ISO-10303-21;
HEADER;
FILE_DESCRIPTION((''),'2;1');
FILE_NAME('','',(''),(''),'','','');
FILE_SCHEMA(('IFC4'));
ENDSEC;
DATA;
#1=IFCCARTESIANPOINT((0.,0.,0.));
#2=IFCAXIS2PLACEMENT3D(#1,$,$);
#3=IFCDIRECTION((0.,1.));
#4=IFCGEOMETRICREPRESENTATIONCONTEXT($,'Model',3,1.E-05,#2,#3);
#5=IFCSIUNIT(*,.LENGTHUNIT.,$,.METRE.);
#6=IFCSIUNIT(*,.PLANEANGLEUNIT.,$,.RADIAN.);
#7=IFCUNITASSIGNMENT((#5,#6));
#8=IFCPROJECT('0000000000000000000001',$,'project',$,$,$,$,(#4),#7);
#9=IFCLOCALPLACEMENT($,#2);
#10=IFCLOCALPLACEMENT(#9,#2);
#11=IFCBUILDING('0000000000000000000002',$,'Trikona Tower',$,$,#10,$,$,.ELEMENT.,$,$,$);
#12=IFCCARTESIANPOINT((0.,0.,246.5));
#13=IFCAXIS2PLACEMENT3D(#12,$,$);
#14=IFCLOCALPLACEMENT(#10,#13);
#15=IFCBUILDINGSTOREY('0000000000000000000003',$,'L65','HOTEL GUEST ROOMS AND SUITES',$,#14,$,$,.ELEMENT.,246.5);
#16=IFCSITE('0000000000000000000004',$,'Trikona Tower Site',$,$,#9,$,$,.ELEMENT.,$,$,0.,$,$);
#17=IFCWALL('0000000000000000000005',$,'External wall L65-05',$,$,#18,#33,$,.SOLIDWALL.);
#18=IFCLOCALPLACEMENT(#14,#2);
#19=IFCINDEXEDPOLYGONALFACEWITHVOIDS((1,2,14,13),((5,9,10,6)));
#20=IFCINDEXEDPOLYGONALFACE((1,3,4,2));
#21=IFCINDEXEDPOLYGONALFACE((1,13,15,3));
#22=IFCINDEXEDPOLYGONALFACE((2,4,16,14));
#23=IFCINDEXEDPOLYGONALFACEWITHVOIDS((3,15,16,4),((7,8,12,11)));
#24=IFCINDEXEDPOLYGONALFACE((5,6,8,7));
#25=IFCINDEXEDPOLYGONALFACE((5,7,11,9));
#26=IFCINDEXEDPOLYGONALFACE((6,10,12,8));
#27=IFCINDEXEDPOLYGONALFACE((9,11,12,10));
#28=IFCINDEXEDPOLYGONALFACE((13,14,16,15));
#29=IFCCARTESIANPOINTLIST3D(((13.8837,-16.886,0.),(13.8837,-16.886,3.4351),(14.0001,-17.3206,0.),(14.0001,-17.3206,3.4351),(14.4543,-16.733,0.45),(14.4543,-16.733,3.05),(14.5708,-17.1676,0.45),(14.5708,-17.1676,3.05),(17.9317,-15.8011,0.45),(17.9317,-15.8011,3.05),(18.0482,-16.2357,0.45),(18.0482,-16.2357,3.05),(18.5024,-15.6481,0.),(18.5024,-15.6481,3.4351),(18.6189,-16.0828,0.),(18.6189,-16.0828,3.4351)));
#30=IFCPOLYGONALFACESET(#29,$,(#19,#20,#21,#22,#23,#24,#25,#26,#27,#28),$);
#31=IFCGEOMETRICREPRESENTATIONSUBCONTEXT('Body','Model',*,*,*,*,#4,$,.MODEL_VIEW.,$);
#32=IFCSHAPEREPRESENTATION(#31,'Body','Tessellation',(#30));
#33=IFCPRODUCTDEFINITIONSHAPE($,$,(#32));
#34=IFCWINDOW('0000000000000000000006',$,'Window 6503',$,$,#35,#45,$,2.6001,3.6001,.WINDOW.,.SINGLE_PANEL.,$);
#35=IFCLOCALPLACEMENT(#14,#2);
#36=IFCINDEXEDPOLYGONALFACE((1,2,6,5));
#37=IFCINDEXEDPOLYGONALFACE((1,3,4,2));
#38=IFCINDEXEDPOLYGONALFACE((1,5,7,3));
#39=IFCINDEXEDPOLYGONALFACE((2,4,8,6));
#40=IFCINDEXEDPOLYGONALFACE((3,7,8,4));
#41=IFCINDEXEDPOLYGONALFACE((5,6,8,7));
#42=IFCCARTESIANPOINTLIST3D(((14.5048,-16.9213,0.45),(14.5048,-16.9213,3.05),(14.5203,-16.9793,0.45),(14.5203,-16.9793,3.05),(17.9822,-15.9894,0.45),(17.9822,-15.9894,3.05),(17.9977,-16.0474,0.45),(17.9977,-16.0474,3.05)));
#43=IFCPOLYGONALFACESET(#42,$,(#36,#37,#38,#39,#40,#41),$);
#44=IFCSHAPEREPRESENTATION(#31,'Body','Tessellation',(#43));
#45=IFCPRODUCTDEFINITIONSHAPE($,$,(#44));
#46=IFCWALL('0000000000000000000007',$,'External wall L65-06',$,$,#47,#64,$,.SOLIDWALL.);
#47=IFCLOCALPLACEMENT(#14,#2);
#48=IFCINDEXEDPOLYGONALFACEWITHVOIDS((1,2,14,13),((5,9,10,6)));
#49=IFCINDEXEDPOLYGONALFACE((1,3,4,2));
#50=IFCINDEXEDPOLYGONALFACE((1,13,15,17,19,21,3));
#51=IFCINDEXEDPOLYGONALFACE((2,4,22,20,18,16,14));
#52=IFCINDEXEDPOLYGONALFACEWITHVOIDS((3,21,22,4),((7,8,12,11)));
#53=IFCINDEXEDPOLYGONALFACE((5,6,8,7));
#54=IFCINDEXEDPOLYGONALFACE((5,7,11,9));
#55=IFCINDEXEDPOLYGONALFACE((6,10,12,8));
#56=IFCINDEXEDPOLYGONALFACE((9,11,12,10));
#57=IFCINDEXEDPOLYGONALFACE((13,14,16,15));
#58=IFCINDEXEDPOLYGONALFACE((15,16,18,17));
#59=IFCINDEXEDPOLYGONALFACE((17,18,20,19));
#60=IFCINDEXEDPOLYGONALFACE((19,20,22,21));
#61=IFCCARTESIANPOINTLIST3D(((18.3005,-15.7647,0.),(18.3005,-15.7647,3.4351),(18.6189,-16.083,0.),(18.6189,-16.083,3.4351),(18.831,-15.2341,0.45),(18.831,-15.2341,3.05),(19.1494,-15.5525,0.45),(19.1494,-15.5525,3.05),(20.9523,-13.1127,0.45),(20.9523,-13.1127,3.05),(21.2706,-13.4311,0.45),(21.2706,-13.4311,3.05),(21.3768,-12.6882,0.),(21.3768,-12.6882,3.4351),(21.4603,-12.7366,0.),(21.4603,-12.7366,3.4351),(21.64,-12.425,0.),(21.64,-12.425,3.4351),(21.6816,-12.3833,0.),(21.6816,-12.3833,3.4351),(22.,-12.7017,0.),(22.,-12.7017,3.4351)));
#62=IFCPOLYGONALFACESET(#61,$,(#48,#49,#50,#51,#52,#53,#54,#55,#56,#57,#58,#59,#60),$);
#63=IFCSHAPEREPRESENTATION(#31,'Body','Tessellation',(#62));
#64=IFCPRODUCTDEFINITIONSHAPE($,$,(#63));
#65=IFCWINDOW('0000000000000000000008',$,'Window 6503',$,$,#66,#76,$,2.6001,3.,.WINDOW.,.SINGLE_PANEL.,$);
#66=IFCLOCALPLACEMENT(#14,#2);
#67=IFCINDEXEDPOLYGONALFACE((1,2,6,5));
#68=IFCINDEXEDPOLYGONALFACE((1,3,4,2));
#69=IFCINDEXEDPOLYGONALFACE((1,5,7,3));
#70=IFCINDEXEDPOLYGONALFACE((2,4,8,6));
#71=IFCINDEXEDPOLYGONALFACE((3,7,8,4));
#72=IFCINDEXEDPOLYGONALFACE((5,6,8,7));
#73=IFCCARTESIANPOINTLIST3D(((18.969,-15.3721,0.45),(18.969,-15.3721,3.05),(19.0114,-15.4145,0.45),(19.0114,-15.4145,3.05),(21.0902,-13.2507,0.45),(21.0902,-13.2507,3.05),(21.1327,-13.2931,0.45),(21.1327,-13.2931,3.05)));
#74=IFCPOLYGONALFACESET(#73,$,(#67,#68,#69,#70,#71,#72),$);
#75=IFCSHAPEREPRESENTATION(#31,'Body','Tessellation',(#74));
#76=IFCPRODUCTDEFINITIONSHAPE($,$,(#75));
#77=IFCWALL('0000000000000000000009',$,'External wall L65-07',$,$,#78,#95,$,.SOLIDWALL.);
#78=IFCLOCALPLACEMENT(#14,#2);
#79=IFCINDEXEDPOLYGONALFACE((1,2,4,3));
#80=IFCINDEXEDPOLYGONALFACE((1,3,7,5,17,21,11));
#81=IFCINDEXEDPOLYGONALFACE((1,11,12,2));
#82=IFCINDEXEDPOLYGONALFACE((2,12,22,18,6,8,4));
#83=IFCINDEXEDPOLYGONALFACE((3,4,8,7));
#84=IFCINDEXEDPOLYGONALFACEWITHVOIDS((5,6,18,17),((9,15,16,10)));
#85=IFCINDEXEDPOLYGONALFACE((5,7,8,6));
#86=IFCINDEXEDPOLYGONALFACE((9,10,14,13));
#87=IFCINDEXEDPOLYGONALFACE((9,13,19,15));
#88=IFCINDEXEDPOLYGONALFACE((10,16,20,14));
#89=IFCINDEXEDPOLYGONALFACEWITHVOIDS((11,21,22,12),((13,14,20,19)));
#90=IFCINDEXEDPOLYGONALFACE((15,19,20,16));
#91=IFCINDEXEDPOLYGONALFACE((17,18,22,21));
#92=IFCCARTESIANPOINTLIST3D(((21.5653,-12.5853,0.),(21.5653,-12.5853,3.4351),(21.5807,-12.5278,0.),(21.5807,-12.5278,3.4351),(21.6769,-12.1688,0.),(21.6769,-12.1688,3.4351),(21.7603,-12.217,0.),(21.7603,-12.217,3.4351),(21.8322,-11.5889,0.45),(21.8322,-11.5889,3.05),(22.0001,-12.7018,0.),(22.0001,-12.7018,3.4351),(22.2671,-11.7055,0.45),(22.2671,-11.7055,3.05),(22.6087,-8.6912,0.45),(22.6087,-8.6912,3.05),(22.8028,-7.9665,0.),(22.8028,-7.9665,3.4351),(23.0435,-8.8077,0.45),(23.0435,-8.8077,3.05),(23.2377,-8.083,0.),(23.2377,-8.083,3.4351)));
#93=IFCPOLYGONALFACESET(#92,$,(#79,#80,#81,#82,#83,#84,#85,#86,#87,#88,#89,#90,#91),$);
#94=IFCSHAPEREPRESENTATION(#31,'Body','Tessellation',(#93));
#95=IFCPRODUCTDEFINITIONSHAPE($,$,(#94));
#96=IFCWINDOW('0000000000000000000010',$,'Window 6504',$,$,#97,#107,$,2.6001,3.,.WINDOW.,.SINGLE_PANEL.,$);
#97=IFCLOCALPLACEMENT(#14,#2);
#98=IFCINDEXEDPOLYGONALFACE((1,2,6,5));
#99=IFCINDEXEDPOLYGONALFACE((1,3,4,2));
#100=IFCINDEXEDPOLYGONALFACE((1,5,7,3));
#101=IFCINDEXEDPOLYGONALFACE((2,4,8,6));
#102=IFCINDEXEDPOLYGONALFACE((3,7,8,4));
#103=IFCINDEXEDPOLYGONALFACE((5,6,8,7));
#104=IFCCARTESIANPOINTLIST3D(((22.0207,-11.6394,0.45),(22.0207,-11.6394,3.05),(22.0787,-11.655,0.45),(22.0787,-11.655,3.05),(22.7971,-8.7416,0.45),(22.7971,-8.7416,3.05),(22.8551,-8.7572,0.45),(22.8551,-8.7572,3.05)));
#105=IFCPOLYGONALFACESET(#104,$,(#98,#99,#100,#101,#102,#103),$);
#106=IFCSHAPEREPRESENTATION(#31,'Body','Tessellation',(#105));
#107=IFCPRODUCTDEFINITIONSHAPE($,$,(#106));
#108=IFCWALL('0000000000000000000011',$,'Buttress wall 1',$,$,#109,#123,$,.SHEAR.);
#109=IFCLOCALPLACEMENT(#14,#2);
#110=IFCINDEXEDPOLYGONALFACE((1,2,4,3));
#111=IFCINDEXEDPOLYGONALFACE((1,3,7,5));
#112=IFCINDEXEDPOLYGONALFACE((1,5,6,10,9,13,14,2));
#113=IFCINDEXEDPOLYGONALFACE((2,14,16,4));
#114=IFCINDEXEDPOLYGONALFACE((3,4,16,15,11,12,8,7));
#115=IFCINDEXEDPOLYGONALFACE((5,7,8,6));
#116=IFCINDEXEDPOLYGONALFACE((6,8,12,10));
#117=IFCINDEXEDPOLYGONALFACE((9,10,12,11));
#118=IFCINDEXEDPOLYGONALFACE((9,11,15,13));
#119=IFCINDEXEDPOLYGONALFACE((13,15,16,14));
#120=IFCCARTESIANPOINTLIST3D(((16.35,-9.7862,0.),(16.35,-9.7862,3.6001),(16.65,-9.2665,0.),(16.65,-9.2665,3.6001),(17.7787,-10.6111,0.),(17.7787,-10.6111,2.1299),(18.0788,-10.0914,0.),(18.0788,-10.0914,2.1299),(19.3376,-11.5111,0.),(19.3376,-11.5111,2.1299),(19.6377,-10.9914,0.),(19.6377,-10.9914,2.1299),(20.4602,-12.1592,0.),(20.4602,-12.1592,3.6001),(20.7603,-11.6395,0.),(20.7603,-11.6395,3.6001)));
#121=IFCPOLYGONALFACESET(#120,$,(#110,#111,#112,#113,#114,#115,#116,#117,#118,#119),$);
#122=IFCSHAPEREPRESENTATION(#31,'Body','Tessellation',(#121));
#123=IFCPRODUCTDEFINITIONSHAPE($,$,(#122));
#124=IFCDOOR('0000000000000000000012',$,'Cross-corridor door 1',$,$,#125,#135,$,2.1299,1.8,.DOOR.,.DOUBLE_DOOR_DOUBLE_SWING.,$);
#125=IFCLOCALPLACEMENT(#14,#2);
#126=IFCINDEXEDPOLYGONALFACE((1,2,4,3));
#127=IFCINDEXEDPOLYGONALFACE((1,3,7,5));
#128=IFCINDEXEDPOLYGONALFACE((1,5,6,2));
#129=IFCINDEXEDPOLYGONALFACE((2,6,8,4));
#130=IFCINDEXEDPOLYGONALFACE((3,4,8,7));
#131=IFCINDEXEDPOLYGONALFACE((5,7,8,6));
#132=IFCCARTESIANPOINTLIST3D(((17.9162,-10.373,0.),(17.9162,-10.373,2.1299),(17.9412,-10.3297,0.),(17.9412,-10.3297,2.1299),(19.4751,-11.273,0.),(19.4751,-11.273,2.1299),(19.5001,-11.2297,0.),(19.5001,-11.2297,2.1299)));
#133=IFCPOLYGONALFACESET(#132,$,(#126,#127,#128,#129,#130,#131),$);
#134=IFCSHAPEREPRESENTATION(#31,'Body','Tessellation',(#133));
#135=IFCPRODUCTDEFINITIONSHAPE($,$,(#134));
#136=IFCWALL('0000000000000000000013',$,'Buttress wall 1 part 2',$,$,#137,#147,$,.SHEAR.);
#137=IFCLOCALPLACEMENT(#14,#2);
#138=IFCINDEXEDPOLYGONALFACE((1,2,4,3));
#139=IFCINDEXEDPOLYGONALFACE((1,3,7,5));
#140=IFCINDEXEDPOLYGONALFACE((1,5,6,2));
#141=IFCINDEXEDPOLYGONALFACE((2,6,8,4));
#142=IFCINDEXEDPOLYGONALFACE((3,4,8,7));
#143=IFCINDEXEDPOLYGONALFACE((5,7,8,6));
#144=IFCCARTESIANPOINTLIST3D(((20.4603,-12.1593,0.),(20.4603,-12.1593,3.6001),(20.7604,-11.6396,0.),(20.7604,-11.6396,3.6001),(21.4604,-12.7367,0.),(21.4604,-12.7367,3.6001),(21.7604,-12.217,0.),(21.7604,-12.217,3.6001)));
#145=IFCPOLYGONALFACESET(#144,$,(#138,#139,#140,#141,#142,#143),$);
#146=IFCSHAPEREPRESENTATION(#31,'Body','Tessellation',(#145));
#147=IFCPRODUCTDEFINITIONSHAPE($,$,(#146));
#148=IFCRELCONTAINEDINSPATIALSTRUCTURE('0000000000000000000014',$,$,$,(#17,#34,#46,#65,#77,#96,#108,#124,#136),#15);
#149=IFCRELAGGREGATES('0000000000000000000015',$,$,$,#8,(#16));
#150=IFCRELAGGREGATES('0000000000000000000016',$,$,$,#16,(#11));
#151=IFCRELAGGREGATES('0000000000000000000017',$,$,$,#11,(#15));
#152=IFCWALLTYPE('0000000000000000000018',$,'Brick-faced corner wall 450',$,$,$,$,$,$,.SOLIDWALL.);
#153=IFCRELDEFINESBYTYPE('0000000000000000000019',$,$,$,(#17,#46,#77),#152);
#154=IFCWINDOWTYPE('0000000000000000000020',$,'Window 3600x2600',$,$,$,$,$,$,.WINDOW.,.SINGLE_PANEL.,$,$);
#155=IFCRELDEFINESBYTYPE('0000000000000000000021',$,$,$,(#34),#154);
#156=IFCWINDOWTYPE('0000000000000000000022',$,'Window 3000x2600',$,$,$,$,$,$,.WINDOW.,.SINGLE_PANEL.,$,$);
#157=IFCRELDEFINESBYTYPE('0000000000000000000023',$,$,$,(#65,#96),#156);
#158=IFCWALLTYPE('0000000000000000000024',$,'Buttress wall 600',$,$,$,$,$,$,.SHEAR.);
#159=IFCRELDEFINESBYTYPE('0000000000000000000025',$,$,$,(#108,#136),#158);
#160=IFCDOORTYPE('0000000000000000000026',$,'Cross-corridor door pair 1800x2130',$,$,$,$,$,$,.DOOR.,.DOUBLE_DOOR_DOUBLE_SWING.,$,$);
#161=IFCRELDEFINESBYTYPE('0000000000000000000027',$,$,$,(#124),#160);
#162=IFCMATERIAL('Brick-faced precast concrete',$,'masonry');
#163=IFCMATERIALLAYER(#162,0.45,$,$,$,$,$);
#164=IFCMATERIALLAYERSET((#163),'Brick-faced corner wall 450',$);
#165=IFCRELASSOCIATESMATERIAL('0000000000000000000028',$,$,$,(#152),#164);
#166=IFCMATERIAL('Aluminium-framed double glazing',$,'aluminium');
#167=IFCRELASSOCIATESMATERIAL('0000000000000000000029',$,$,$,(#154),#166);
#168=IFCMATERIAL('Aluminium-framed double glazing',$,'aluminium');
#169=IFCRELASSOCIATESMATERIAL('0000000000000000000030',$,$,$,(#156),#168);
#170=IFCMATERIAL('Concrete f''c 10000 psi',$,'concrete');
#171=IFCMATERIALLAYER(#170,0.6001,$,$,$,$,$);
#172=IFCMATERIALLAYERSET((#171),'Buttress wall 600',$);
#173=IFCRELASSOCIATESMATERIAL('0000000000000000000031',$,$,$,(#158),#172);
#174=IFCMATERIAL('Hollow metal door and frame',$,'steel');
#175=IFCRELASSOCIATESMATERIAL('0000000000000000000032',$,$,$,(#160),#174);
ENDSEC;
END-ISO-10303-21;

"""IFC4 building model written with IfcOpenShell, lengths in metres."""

from ifc_helpers import new_model, si_unit, direction, frame, frame_2d, origin, place, context, subcontext, project, spatial, polyline, rectangle, outline, extrude, material, layer, layer_set, type_object, element, fill, save


model = new_model("IFC4")

# Units and contexts
model_context = context("Model", 3, precision=1e-05, world=origin(), true_north=direction((0.0, 1.0)))
body_context = subcontext(model_context, "Body", "Model", "MODEL_VIEW")
ifc_project = project(units=[si_unit("LENGTHUNIT", "METRE"), si_unit("PLANEANGLEUNIT", "RADIAN")], contexts=[model_context])

# Site, building, storey
site_placement = place(None, origin())
site = spatial("IfcSite", under=ifc_project, at=site_placement, Name="Trikona Tower Site", CompositionType="ELEMENT", RefElevation=0.0)
building_placement = place(site_placement, origin())
building = spatial("IfcBuilding", under=site, at=building_placement, Name="Trikona Tower", CompositionType="ELEMENT")
storey_placement = place(building_placement, frame((0.0, 0.0, 246.5)))
storey = spatial("IfcBuildingStorey", under=building, at=storey_placement, Name="L65", Description="HOTEL GUEST ROOMS AND SUITES", CompositionType="ELEMENT", Elevation=246.5)

# Walls, openings, windows
ifc_material_1 = material(Name="Brick-faced precast concrete", Category="masonry")
ifc_layer_1 = layer(ifc_material_1, 0.45)
ifc_layer_set_1 = layer_set([ifc_layer_1], Name="Brick-faced corner wall 450")
wall_type_1 = type_object("IfcWallType", Name="Brick-faced corner wall 450", PredefinedType="SOLIDWALL", material=ifc_layer_set_1)
wall_1_placement = place(storey_placement, frame((13.9419, -17.1033, 0.0), z_axis=(0.0, 0.0, 1.0), x_axis=(0.965914, 0.258864, 0.0)))
wall_1 = element("IfcWall", 1, at=wall_1_placement, inside=storey, type_object=wall_type_1, Name="External wall L65-05", PredefinedType="SOLIDWALL", context=body_context, shape_type="SweptSolid", body=[
    extrude(rectangle(XDim=4.7817, YDim=0.45, at=frame_2d((2.3909, 0.0))), origin(), (0.0, 0.0, 1.0), 3.4351),
])
opening_1_placement = place(wall_1_placement, frame((0.5908, 0.0, 0.45)))
opening_1 = element("IfcOpeningElement", 2, at=opening_1_placement, cuts=wall_1, PredefinedType="OPENING", context=body_context, shape_type="SweptSolid", body=[
    extrude(rectangle(XDim=3.6001, YDim=2.6001, at=frame_2d((1.8, 1.3))), frame((0.0, 0.2349, 0.0), z_axis=(0.0, -1.0, 0.0), x_axis=(1.0, 0.0, 0.0)), (0.0, 0.0, 1.0), 0.47),
])
ifc_material_2 = material(Name="Aluminium-framed double glazing", Category="aluminium")
window_type_1 = type_object("IfcWindowType", Name="Window 3600x2600", PartitioningType="SINGLE_PANEL", PredefinedType="WINDOW", material=ifc_material_2)
window_1_placement = place(opening_1_placement, origin())
window_1 = element("IfcWindow", 3, at=window_1_placement, inside=storey, type_object=window_type_1, Name="Window 6503", OverallHeight=2.6001, OverallWidth=3.6001, PartitioningType="SINGLE_PANEL", PredefinedType="WINDOW", context=body_context, shape_type="SweptSolid", body=[
    extrude(rectangle(XDim=3.6001, YDim=2.6001, at=frame_2d((1.8, 1.3))), frame((0.0, 0.03, 0.0), z_axis=(0.0, -1.0, 0.0), x_axis=(1.0, 0.0, 0.0)), (0.0, 0.0, 1.0), 0.0601),
])
fill(opening_1, window_1)
wall_2_placement = place(storey_placement, frame((18.4597, -15.9238, 0.0), z_axis=(0.0, 0.0, 1.0), x_axis=(0.707081, 0.707132, 0.0)))
wall_2 = element("IfcWall", 4, at=wall_2_placement, inside=storey, type_object=wall_type_1, Name="External wall L65-06", PredefinedType="SOLIDWALL", context=body_context, shape_type="SweptSolid", body=[
    extrude(outline(polyline([(4.7817, 0.2251), (4.7229, 0.2251), (4.3755, 0.1318), (4.3506, 0.2251), (0.0, 0.2251), (0.0, -0.2251), (4.7817, -0.2251), (4.7817, 0.2251)])), origin(), (0.0, 0.0, 1.0), 3.4351),
])
opening_2_placement = place(wall_2_placement, frame((0.7502, 0.0, 0.45)))
opening_2 = element("IfcOpeningElement", 5, at=opening_2_placement, cuts=wall_2, PredefinedType="OPENING", context=body_context, shape_type="SweptSolid", body=[
    extrude(rectangle(XDim=3.0, YDim=2.6001, at=frame_2d((1.5, 1.3))), frame((0.0, 0.2349, 0.0), z_axis=(0.0, -1.0, 0.0), x_axis=(1.0, 0.0, 0.0)), (0.0, 0.0, 1.0), 0.47),
])
ifc_material_3 = material(Name="Aluminium-framed double glazing", Category="aluminium")
window_type_2 = type_object("IfcWindowType", Name="Window 3000x2600", PartitioningType="SINGLE_PANEL", PredefinedType="WINDOW", material=ifc_material_3)
window_2_placement = place(opening_2_placement, origin())
window_2 = element("IfcWindow", 6, at=window_2_placement, inside=storey, type_object=window_type_2, Name="Window 6503", OverallHeight=2.6001, OverallWidth=3.0, PartitioningType="SINGLE_PANEL", PredefinedType="WINDOW", context=body_context, shape_type="SweptSolid", body=[
    extrude(rectangle(XDim=3.0, YDim=2.6001, at=frame_2d((1.5, 1.3))), frame((0.0, 0.03, 0.0), z_axis=(0.0, -1.0, 0.0), x_axis=(1.0, 0.0, 0.0)), (0.0, 0.0, 1.0), 0.0601),
])
fill(opening_2, window_2)
wall_3_placement = place(storey_placement, frame((21.7827, -12.6436, 0.0), z_axis=(0.0, 0.0, 1.0), x_axis=(0.258803, 0.96593, 0.0)))
wall_3 = element("IfcWall", 7, at=wall_3_placement, inside=storey, type_object=wall_type_1, Name="External wall L65-07", PredefinedType="SOLIDWALL", context=body_context, shape_type="SweptSolid", body=[
    extrude(outline(polyline([(4.7817, 0.2251), (0.4312, 0.2251), (0.4062, 0.1321), (0.0596, 0.2251), (0.0, 0.2251), (0.0, -0.2251), (4.7817, -0.2251), (4.7817, 0.2251)])), origin(), (0.0, 0.0, 1.0), 3.4351),
])
opening_3_placement = place(wall_3_placement, frame((1.0315, 0.0, 0.45)))
opening_3 = element("IfcOpeningElement", 8, at=opening_3_placement, cuts=wall_3, PredefinedType="OPENING", context=body_context, shape_type="SweptSolid", body=[
    extrude(rectangle(XDim=3.0, YDim=2.6001, at=frame_2d((1.5, 1.3))), frame((0.0, 0.2349, 0.0), z_axis=(0.0, -1.0, 0.0), x_axis=(1.0, 0.0, 0.0)), (0.0, 0.0, 1.0), 0.47),
])
window_3_placement = place(opening_3_placement, origin())
window_3 = element("IfcWindow", 9, at=window_3_placement, inside=storey, type_object=window_type_2, Name="Window 6504", OverallHeight=2.6001, OverallWidth=3.0, PartitioningType="SINGLE_PANEL", PredefinedType="WINDOW", context=body_context, shape_type="SweptSolid", body=[
    extrude(rectangle(XDim=3.0, YDim=2.6001, at=frame_2d((1.5, 1.3))), frame((0.0, 0.03, 0.0), z_axis=(0.0, -1.0, 0.0), x_axis=(1.0, 0.0, 0.0)), (0.0, 0.0, 1.0), 0.0601),
])
fill(opening_3, window_3)

# Wall, opening, door
ifc_material_4 = material(Name="Concrete f'c 10000 psi", Category="concrete")
ifc_layer_2 = layer(ifc_material_4, 0.6001)
ifc_layer_set_2 = layer_set([ifc_layer_2], Name="Buttress wall 600")
wall_type_2 = type_object("IfcWallType", Name="Buttress wall 600", PredefinedType="SHEAR", material=ifc_layer_set_2)
wall_4_placement = place(storey_placement, frame((16.5, -9.5264, 0.0), z_axis=(0.0, 0.0, 1.0), x_axis=(0.866031, -0.49999, 0.0)))
wall_4 = element("IfcWall", 10, at=wall_4_placement, inside=storey, type_object=wall_type_2, Name="Buttress wall 1", PredefinedType="SHEAR", context=body_context, shape_type="SweptSolid", body=[
    extrude(rectangle(XDim=4.7461, YDim=0.6001, at=frame_2d((2.373, 0.0))), origin(), (0.0, 0.0, 1.0), 3.6001),
])
opening_4_placement = place(wall_4_placement, frame((1.6499, 0.0, 0.0)))
opening_4 = element("IfcOpeningElement", 11, at=opening_4_placement, cuts=wall_4, PredefinedType="OPENING", context=body_context, shape_type="SweptSolid", body=[
    extrude(rectangle(XDim=1.8, YDim=2.1299, at=frame_2d((0.8999, 1.0649))), frame((0.0, 0.3101, 0.0), z_axis=(0.0, -1.0, 0.0), x_axis=(1.0, 0.0, 0.0)), (0.0, 0.0, 1.0), 0.6201),
])
ifc_material_5 = material(Name="Hollow metal door and frame", Category="steel")
door_type_1 = type_object("IfcDoorType", Name="Cross-corridor door pair 1800x2130", OperationType="DOUBLE_DOOR_DOUBLE_SWING", PredefinedType="DOOR", material=ifc_material_5)
door_1_placement = place(opening_4_placement, origin())
door_1 = element("IfcDoor", 12, at=door_1_placement, inside=storey, type_object=door_type_1, Name="Cross-corridor door 1", OperationType="DOUBLE_DOOR_DOUBLE_SWING", OverallHeight=2.1299, OverallWidth=1.8, PredefinedType="DOOR", context=body_context, shape_type="SweptSolid", body=[
    extrude(rectangle(XDim=1.8, YDim=2.1299, at=frame_2d((0.8999, 1.0649))), frame((0.0, 0.0249, 0.0), z_axis=(0.0, -1.0, 0.0), x_axis=(1.0, 0.0, 0.0)), (0.0, 0.0, 1.0), 0.05),
])
fill(opening_4, door_1)

# Wall
wall_5_placement = place(storey_placement, frame((20.6104, -11.8994, 0.0), z_axis=(0.0, 0.0, 1.0), x_axis=(0.86601, -0.500027, 0.0)))
element("IfcWall", 13, at=wall_5_placement, inside=storey, type_object=wall_type_2, Name="Buttress wall 1 part 2", PredefinedType="SHEAR", context=body_context, shape_type="SweptSolid", body=[
    extrude(rectangle(XDim=1.1548, YDim=0.6001, at=frame_2d((0.5774, 0.0))), origin(), (0.0, 0.0, 1.0), 3.6001),
])

save(model, "model.ifc")
